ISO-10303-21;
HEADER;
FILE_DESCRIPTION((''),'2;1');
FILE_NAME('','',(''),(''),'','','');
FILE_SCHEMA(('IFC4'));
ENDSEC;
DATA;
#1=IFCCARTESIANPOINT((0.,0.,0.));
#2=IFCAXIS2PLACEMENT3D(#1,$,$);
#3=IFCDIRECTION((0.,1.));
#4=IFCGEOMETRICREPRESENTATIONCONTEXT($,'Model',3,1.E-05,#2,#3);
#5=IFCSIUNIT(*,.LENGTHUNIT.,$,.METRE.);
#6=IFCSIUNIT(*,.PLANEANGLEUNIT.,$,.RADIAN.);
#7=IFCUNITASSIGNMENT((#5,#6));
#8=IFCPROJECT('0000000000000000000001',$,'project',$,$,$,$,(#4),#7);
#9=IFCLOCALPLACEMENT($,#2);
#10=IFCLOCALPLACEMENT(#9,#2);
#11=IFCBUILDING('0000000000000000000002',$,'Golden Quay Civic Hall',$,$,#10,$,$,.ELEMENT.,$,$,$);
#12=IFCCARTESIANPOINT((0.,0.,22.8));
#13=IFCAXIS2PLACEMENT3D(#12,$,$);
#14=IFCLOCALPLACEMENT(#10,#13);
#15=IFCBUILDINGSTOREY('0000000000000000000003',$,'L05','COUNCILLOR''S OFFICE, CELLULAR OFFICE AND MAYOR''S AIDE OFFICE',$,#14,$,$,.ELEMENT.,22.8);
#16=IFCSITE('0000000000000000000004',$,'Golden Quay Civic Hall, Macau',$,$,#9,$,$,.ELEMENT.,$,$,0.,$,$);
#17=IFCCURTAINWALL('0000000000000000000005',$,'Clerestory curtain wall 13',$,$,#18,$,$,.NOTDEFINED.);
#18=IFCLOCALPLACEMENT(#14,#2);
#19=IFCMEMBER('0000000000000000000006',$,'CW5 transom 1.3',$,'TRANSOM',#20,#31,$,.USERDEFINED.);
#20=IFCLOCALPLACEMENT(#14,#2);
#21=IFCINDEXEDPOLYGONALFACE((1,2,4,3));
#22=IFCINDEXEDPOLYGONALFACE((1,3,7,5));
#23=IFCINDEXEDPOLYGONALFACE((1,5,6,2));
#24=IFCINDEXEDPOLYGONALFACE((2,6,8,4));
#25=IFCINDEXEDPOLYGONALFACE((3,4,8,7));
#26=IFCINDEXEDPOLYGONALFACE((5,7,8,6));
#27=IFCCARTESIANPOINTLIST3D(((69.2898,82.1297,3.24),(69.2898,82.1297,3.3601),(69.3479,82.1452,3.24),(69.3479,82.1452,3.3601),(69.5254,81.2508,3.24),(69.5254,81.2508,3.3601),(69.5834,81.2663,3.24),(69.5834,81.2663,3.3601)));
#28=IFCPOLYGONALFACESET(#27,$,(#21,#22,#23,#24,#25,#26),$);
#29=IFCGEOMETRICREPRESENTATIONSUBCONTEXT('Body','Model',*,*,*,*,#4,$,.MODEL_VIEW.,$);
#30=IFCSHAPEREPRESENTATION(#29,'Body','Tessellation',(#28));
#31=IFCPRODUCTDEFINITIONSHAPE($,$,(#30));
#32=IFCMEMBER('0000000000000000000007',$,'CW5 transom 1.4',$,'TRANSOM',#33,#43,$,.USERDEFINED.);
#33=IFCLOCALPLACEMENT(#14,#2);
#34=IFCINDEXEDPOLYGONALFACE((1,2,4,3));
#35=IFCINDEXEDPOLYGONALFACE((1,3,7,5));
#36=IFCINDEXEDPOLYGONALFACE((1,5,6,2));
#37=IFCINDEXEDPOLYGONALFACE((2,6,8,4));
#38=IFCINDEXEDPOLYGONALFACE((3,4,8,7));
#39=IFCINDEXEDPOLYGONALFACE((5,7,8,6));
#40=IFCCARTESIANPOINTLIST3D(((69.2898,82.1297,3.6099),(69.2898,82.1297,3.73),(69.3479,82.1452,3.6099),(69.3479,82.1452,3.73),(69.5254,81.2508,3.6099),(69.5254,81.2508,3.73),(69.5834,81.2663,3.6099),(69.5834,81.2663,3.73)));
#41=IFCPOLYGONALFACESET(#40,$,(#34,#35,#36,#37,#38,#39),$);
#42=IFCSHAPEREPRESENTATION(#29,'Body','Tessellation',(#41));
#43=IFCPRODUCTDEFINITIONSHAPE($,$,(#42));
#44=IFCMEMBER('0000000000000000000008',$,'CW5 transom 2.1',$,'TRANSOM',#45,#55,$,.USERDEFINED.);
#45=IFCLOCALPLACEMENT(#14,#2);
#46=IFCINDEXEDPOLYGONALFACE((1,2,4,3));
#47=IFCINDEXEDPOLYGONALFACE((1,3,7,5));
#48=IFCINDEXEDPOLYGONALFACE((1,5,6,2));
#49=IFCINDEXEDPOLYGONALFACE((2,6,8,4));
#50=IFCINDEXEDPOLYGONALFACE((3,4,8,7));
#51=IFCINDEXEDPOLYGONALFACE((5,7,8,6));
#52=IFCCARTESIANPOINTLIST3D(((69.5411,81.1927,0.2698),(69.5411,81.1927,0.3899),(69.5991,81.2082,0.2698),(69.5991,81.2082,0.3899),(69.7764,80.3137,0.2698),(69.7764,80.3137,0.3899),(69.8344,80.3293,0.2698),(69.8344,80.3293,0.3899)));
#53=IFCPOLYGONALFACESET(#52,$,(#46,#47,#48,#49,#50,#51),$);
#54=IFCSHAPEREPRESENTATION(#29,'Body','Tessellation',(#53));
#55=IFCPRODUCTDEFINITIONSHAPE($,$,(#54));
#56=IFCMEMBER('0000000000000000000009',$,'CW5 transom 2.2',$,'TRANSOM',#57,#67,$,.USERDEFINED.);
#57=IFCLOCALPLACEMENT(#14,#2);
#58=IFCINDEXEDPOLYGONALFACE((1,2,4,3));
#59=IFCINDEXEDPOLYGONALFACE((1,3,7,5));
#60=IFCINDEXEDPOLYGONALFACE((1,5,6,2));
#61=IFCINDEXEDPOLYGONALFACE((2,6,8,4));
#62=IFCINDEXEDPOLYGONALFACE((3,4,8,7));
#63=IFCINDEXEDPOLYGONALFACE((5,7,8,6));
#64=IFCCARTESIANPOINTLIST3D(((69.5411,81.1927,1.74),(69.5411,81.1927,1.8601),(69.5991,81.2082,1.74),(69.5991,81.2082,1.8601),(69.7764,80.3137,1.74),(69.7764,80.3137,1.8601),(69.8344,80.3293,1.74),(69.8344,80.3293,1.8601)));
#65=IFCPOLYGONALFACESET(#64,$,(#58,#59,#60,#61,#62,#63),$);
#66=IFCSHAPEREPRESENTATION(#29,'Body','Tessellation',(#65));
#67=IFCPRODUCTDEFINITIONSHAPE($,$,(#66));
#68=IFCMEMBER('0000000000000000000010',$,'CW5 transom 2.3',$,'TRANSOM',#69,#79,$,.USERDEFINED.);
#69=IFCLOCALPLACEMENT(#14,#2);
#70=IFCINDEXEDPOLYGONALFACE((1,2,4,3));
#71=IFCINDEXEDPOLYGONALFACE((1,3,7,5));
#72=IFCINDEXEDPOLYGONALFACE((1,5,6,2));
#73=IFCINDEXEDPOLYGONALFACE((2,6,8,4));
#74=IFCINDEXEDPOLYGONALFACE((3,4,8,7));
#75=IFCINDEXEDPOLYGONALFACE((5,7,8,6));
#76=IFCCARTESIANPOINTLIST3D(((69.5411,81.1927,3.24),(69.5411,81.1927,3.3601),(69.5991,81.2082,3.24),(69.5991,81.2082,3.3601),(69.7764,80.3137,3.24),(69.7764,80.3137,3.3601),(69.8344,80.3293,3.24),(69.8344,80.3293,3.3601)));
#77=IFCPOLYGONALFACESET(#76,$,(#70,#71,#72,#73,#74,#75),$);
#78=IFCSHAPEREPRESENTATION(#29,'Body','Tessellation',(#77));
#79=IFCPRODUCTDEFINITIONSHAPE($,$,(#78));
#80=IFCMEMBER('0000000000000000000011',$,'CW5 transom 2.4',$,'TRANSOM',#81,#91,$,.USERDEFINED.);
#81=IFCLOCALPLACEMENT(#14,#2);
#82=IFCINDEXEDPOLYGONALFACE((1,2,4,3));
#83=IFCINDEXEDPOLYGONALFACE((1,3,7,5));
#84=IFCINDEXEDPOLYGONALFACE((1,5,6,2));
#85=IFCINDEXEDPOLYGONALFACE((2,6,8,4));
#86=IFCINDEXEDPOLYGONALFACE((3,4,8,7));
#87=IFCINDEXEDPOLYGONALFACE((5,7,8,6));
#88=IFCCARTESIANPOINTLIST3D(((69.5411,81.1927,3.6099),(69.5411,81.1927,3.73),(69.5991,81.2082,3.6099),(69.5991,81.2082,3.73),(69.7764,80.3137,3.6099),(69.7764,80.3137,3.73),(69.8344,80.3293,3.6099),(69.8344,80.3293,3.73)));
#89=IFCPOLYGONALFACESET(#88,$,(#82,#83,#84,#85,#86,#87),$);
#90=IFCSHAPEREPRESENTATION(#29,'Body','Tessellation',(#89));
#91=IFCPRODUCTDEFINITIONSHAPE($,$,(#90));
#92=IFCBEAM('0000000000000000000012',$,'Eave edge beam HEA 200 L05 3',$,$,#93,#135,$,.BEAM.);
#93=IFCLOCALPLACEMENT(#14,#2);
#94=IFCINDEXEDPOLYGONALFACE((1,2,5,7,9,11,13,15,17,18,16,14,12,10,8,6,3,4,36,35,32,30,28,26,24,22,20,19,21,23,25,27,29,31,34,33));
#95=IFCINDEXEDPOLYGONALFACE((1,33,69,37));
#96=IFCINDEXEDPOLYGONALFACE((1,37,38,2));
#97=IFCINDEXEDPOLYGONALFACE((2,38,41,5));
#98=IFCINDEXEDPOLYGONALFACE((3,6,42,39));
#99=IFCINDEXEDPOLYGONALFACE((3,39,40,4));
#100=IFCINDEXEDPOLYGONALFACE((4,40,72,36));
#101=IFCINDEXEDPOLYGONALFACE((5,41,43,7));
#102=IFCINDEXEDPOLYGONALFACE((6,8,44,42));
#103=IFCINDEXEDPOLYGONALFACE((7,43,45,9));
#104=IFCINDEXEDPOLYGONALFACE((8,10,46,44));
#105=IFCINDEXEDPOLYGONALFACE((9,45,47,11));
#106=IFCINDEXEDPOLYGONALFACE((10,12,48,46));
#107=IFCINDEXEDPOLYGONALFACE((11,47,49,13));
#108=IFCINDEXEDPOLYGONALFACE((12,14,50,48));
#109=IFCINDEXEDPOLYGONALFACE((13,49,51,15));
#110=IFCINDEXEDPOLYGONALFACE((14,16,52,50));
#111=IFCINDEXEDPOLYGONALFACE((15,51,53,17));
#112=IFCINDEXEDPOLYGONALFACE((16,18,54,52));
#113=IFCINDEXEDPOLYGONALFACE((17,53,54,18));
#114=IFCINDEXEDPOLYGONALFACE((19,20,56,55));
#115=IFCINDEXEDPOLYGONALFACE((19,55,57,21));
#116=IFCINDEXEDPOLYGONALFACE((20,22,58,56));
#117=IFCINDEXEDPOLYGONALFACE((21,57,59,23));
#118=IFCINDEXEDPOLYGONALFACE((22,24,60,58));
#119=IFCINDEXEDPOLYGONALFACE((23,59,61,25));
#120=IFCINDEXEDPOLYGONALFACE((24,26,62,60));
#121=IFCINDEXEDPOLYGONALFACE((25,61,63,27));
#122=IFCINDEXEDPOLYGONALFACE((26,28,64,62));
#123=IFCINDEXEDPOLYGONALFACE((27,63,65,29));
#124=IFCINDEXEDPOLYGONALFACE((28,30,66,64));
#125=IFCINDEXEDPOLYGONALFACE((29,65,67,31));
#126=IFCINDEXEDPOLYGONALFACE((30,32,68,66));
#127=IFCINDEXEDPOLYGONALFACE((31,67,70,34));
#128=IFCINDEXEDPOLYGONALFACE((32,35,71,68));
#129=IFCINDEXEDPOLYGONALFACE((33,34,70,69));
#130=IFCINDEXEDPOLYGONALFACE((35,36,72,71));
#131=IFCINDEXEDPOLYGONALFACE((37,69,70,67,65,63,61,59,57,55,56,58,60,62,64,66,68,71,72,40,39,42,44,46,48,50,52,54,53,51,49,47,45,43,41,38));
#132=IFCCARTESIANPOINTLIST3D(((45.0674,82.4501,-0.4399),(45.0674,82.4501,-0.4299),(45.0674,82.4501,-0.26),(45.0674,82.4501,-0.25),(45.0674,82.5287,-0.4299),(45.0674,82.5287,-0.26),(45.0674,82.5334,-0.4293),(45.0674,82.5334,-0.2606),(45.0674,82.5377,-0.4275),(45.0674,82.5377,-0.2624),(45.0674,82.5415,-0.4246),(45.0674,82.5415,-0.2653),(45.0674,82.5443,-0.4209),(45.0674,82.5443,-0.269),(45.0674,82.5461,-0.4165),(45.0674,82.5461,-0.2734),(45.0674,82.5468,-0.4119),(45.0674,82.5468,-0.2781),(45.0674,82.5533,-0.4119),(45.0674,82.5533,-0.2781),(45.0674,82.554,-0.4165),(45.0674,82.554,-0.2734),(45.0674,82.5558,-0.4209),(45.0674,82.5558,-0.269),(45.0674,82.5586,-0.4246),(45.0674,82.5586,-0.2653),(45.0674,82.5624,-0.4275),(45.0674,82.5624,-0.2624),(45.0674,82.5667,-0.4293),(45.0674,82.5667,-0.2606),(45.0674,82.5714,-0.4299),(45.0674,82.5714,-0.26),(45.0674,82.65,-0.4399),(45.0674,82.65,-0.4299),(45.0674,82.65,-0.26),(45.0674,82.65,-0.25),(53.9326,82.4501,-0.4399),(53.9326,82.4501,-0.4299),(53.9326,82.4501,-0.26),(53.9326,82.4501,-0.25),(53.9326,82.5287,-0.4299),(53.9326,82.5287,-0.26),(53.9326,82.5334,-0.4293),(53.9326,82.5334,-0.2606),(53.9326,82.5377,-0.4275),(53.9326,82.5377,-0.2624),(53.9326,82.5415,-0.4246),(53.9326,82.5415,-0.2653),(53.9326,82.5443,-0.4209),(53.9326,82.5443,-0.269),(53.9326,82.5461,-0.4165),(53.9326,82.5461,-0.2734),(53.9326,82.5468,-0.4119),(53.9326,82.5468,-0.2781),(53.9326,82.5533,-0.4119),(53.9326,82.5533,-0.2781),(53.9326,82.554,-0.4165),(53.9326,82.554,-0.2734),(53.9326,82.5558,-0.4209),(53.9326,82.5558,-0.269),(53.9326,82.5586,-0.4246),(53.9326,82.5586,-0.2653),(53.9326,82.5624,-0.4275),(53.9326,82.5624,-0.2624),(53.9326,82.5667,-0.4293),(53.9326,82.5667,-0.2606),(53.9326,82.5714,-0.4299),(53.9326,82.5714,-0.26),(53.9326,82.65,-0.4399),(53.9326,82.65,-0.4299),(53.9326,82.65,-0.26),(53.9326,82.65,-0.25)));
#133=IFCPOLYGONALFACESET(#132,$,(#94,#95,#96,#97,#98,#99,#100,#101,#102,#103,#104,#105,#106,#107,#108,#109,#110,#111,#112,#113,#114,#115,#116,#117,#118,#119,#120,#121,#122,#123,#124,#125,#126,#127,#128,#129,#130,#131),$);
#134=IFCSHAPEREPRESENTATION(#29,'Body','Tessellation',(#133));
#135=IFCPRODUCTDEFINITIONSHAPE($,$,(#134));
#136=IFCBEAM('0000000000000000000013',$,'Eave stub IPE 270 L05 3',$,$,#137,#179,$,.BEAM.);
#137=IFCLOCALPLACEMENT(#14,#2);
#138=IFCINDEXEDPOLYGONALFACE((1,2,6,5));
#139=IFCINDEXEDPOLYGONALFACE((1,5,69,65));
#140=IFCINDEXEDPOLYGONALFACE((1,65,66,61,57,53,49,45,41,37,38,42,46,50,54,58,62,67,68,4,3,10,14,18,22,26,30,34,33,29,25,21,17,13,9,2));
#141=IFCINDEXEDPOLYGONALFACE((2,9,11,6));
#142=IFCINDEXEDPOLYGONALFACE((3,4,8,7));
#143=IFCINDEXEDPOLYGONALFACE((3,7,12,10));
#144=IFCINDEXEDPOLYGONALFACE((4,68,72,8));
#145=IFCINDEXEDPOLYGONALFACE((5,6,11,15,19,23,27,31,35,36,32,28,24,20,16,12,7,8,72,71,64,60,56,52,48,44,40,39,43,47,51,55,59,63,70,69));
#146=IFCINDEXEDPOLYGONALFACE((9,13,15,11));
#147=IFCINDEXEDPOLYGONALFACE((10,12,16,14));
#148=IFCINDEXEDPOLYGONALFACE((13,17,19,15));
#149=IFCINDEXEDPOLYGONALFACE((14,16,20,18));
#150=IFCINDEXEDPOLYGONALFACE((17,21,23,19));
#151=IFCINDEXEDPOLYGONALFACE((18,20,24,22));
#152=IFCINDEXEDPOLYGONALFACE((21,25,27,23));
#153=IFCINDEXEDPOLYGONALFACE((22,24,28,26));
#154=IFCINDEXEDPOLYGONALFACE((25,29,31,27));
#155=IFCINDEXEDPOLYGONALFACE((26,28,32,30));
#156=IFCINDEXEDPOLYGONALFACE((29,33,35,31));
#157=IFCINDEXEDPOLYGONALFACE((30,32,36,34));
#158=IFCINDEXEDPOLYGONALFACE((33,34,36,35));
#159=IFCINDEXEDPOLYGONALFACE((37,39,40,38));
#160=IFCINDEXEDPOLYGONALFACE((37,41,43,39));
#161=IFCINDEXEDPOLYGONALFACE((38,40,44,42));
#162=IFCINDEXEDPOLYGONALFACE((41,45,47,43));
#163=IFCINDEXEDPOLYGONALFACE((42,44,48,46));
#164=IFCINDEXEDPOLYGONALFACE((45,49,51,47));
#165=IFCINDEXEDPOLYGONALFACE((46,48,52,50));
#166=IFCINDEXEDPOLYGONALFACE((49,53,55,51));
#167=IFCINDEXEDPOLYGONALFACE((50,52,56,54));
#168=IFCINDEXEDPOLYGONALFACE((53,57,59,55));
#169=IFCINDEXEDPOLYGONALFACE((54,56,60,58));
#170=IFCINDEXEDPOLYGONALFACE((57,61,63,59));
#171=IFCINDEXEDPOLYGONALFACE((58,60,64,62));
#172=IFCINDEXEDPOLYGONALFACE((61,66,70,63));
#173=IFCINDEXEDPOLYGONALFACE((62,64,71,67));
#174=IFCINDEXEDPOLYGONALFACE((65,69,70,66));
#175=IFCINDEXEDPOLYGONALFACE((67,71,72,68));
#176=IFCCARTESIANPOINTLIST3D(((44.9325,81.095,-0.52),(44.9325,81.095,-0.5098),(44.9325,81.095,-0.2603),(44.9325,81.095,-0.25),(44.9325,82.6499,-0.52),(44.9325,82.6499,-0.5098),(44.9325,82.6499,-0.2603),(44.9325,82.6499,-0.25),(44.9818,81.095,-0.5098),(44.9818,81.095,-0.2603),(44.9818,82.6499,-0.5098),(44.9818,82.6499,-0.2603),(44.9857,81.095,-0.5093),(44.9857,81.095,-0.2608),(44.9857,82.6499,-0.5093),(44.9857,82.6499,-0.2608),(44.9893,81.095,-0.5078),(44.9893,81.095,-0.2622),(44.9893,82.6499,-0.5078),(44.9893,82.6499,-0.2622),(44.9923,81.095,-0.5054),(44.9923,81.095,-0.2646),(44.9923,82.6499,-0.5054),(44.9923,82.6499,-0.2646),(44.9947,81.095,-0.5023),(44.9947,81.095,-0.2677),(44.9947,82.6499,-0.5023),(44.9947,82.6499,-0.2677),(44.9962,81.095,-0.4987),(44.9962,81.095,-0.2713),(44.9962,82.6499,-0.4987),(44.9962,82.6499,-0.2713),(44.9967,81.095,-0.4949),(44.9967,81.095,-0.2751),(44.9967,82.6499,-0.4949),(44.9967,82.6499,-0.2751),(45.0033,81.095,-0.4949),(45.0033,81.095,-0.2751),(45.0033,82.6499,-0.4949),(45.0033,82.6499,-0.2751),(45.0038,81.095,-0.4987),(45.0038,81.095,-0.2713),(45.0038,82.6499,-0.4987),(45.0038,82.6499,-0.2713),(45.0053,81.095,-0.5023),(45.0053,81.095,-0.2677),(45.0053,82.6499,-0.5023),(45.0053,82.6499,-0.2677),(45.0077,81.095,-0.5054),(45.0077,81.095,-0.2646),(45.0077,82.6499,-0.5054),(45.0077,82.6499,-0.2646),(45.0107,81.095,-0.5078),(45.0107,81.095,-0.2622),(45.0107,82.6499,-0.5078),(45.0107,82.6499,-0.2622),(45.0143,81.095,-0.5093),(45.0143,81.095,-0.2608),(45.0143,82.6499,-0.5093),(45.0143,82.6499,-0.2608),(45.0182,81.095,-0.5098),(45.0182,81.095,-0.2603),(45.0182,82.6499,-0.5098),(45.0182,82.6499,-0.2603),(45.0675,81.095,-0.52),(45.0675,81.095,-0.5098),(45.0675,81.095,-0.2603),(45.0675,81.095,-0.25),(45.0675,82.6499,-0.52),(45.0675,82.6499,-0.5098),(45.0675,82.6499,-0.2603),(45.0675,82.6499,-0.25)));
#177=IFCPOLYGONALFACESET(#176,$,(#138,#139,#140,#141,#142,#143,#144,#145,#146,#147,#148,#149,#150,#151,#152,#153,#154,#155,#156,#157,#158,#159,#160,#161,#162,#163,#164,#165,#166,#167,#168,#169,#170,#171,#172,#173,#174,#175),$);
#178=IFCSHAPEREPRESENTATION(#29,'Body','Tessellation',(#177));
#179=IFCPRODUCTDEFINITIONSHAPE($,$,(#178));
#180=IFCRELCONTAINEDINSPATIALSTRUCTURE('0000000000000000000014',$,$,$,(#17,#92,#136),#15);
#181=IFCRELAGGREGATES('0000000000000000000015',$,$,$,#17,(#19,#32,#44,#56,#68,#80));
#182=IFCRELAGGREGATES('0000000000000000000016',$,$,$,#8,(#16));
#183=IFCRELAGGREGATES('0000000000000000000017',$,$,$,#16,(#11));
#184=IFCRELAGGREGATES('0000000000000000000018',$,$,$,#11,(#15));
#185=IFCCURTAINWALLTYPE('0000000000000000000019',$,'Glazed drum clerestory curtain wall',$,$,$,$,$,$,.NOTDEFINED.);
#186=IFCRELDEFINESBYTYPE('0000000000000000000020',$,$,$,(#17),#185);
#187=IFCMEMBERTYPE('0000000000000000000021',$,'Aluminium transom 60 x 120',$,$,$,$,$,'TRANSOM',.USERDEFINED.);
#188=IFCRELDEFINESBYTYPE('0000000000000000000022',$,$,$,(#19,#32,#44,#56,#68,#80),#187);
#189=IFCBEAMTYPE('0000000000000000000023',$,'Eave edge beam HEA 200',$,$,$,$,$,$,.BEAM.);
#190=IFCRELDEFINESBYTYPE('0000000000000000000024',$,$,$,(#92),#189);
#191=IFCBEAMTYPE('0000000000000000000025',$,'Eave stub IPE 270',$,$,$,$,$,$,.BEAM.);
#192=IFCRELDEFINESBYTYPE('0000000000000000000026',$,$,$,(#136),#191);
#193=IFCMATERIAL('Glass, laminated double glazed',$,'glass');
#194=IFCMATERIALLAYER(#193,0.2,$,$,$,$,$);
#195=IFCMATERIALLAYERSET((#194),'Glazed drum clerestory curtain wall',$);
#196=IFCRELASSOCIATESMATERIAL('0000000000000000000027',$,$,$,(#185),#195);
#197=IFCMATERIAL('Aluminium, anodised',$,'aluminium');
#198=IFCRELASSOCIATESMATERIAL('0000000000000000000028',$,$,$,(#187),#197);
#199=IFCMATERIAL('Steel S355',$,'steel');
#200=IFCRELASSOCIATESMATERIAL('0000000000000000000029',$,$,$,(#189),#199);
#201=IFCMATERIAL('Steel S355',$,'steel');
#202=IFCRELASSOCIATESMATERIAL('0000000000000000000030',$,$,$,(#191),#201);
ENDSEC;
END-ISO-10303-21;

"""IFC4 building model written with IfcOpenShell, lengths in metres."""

from ifc_helpers import new_model, si_unit, direction, frame, origin, origin_2d, place, context, subcontext, project, spatial, rectangle, i_section, extrude, material, layer, layer_set, material_profile, profile_set, type_object, element, aggregate, save


model = new_model("IFC4")

# Units and contexts
model_context = context("Model", 3, precision=1e-05, world=origin(), true_north=direction((0.0, 1.0)))
body_context = subcontext(model_context, "Body", "Model", "MODEL_VIEW")
ifc_project = project(units=[si_unit("LENGTHUNIT", "METRE"), si_unit("PLANEANGLEUNIT", "RADIAN")], contexts=[model_context])

# Site, building, storey
site_placement = place(None, origin())
site = spatial("IfcSite", under=ifc_project, at=site_placement, Name="Golden Quay Civic Hall, Macau", CompositionType="ELEMENT", RefElevation=0.0)
building_placement = place(site_placement, origin())
building = spatial("IfcBuilding", under=site, at=building_placement, Name="Golden Quay Civic Hall", CompositionType="ELEMENT")
storey_placement = place(building_placement, frame((0.0, 0.0, 22.8)))
storey = spatial("IfcBuildingStorey", under=building, at=storey_placement, Name="L05", Description="COUNCILLOR'S OFFICE, CELLULAR OFFICE AND MAYOR'S AIDE OFFICE", CompositionType="ELEMENT", Elevation=22.8)

# Curtain wall
ifc_material_1 = material(Name="Glass, laminated double glazed", Category="glass")
ifc_layer_1 = layer(ifc_material_1, 0.2)
ifc_layer_set_1 = layer_set([ifc_layer_1], Name="Glazed drum clerestory curtain wall")
curtain_wall_type = type_object("IfcCurtainWallType", Name="Glazed drum clerestory curtain wall", PredefinedType="NOTDEFINED", material=ifc_layer_set_1)
curtain_wall_1_placement = place(storey_placement, origin())
curtain_wall_1 = element("IfcCurtainWall", 1, at=curtain_wall_1_placement, inside=storey, type_object=curtain_wall_type, Name="Clerestory curtain wall 13", PredefinedType="NOTDEFINED")

# Members
ifc_material_2 = material(Name="Aluminium, anodised", Category="aluminium")
ifc_material_profile_1 = material_profile(ifc_material_2, rectangle(XDim=0.0601, YDim=0.1201, at=origin_2d()), Name="Aluminium 60 x 120")
ifc_profile_set_1 = profile_set([ifc_material_profile_1], Name="Aluminium, anodised")
member_type_1 = type_object("IfcMemberType", Name="Aluminium transom 60 x 120", ElementType="TRANSOM", PredefinedType="USERDEFINED", material=ifc_profile_set_1)
member_1_placement = place(storey_placement, frame((69.3188, 82.1375, 3.3), z_axis=(0.258915, -0.9659, 0.0), x_axis=(0.9659, 0.258915, 0.0)))
member_1 = element("IfcMember", 2, at=member_1_placement, type_object=member_type_1, Name="CW5 transom 1.3", ObjectType="TRANSOM", PredefinedType="USERDEFINED", context=body_context, shape_type="SweptSolid", body=[
    extrude(rectangle(XDim=0.0601, YDim=0.1201, at=origin_2d()), origin(), (0.0, 0.0, 1.0), 0.9099),
])
member_2_placement = place(storey_placement, frame((69.3188, 82.1375, 3.6699), z_axis=(0.258915, -0.9659, 0.0), x_axis=(0.9659, 0.258915, 0.0)))
member_2 = element("IfcMember", 3, at=member_2_placement, type_object=member_type_1, Name="CW5 transom 1.4", ObjectType="TRANSOM", PredefinedType="USERDEFINED", context=body_context, shape_type="SweptSolid", body=[
    extrude(rectangle(XDim=0.0601, YDim=0.1201, at=origin_2d()), origin(), (0.0, 0.0, 1.0), 0.9099),
])
member_3_placement = place(storey_placement, frame((69.5701, 81.2004, 0.3298), z_axis=(0.258665, -0.965967, 0.0), x_axis=(0.965967, 0.258665, 0.0)))
member_3 = element("IfcMember", 4, at=member_3_placement, type_object=member_type_1, Name="CW5 transom 2.1", ObjectType="TRANSOM", PredefinedType="USERDEFINED", context=body_context, shape_type="SweptSolid", body=[
    extrude(rectangle(XDim=0.0601, YDim=0.1201, at=origin_2d()), origin(), (0.0, 0.0, 1.0), 0.9099),
])
member_4_placement = place(storey_placement, frame((69.5701, 81.2004, 1.8), z_axis=(0.258665, -0.965967, 0.0), x_axis=(0.965967, 0.258665, 0.0)))
member_4 = element("IfcMember", 5, at=member_4_placement, type_object=member_type_1, Name="CW5 transom 2.2", ObjectType="TRANSOM", PredefinedType="USERDEFINED", context=body_context, shape_type="SweptSolid", body=[
    extrude(rectangle(XDim=0.0601, YDim=0.1201, at=origin_2d()), origin(), (0.0, 0.0, 1.0), 0.9099),
])
member_5_placement = place(storey_placement, frame((69.5701, 81.2004, 3.3), z_axis=(0.258665, -0.965967, 0.0), x_axis=(0.965967, 0.258665, 0.0)))
member_5 = element("IfcMember", 6, at=member_5_placement, type_object=member_type_1, Name="CW5 transom 2.3", ObjectType="TRANSOM", PredefinedType="USERDEFINED", context=body_context, shape_type="SweptSolid", body=[
    extrude(rectangle(XDim=0.0601, YDim=0.1201, at=origin_2d()), origin(), (0.0, 0.0, 1.0), 0.9099),
])
member_6_placement = place(storey_placement, frame((69.5701, 81.2004, 3.6699), z_axis=(0.258665, -0.965967, 0.0), x_axis=(0.965967, 0.258665, 0.0)))
member_6 = element("IfcMember", 7, at=member_6_placement, type_object=member_type_1, Name="CW5 transom 2.4", ObjectType="TRANSOM", PredefinedType="USERDEFINED", context=body_context, shape_type="SweptSolid", body=[
    extrude(rectangle(XDim=0.0601, YDim=0.1201, at=origin_2d()), origin(), (0.0, 0.0, 1.0), 0.9099),
])

# Beams
ifc_material_3 = material(Name="Steel S355", Category="steel")
ifc_material_profile_2 = material_profile(ifc_material_3, i_section(OverallWidth=0.2, OverallDepth=0.1899, WebThickness=0.0066, FlangeThickness=0.01, FilletRadius=0.0181, at=origin_2d()), Name="HEA 200")
ifc_profile_set_2 = profile_set([ifc_material_profile_2], Name="Steel S355")
beam_type_1 = type_object("IfcBeamType", Name="Eave edge beam HEA 200", PredefinedType="BEAM", material=ifc_profile_set_2)
beam_1_placement = place(storey_placement, frame((45.0674, 82.55, -0.345), z_axis=(1.0, 0.0, 0.0), x_axis=(0.0, 1.0, 0.0)))
element("IfcBeam", 8, at=beam_1_placement, inside=storey, type_object=beam_type_1, Name="Eave edge beam HEA 200 L05 3", PredefinedType="BEAM", context=body_context, shape_type="SweptSolid", body=[
    extrude(i_section(OverallWidth=0.2, OverallDepth=0.1899, WebThickness=0.0066, FlangeThickness=0.01, FilletRadius=0.0181, at=origin_2d()), origin(), (0.0, 0.0, 1.0), 8.8652),
])
ifc_material_4 = material(Name="Steel S355", Category="steel")
ifc_material_profile_3 = material_profile(ifc_material_4, i_section(OverallWidth=0.135, OverallDepth=0.27, WebThickness=0.0066, FlangeThickness=0.0103, FilletRadius=0.0149, at=origin_2d()), Name="IPE 270")
ifc_profile_set_3 = profile_set([ifc_material_profile_3], Name="Steel S355")
beam_type_2 = type_object("IfcBeamType", Name="Eave stub IPE 270", PredefinedType="BEAM", material=ifc_profile_set_3)
for number, where, z_axis, x_axis, name in (
    (9, (45.0, 81.095, -0.385), (0.0, 1.0, 0.0), (-1.0, 0.0, 0.0), "Eave stub IPE 270 L05 3"),
):
    element("IfcBeam", number, at=place(storey_placement, frame(where, z_axis=z_axis, x_axis=x_axis)), inside=storey, type_object=beam_type_2, Name=name, PredefinedType="BEAM", context=body_context, shape_type="SweptSolid", body=[
        extrude(i_section(OverallWidth=0.135, OverallDepth=0.27, WebThickness=0.0066, FlangeThickness=0.0103, FilletRadius=0.0149, at=origin_2d()), origin(), (0.0, 0.0, 1.0), 1.5549),
    ])

aggregate(curtain_wall_1, [member_1, member_2, member_3, member_4, member_5, member_6])

save(model, "model.ifc")
